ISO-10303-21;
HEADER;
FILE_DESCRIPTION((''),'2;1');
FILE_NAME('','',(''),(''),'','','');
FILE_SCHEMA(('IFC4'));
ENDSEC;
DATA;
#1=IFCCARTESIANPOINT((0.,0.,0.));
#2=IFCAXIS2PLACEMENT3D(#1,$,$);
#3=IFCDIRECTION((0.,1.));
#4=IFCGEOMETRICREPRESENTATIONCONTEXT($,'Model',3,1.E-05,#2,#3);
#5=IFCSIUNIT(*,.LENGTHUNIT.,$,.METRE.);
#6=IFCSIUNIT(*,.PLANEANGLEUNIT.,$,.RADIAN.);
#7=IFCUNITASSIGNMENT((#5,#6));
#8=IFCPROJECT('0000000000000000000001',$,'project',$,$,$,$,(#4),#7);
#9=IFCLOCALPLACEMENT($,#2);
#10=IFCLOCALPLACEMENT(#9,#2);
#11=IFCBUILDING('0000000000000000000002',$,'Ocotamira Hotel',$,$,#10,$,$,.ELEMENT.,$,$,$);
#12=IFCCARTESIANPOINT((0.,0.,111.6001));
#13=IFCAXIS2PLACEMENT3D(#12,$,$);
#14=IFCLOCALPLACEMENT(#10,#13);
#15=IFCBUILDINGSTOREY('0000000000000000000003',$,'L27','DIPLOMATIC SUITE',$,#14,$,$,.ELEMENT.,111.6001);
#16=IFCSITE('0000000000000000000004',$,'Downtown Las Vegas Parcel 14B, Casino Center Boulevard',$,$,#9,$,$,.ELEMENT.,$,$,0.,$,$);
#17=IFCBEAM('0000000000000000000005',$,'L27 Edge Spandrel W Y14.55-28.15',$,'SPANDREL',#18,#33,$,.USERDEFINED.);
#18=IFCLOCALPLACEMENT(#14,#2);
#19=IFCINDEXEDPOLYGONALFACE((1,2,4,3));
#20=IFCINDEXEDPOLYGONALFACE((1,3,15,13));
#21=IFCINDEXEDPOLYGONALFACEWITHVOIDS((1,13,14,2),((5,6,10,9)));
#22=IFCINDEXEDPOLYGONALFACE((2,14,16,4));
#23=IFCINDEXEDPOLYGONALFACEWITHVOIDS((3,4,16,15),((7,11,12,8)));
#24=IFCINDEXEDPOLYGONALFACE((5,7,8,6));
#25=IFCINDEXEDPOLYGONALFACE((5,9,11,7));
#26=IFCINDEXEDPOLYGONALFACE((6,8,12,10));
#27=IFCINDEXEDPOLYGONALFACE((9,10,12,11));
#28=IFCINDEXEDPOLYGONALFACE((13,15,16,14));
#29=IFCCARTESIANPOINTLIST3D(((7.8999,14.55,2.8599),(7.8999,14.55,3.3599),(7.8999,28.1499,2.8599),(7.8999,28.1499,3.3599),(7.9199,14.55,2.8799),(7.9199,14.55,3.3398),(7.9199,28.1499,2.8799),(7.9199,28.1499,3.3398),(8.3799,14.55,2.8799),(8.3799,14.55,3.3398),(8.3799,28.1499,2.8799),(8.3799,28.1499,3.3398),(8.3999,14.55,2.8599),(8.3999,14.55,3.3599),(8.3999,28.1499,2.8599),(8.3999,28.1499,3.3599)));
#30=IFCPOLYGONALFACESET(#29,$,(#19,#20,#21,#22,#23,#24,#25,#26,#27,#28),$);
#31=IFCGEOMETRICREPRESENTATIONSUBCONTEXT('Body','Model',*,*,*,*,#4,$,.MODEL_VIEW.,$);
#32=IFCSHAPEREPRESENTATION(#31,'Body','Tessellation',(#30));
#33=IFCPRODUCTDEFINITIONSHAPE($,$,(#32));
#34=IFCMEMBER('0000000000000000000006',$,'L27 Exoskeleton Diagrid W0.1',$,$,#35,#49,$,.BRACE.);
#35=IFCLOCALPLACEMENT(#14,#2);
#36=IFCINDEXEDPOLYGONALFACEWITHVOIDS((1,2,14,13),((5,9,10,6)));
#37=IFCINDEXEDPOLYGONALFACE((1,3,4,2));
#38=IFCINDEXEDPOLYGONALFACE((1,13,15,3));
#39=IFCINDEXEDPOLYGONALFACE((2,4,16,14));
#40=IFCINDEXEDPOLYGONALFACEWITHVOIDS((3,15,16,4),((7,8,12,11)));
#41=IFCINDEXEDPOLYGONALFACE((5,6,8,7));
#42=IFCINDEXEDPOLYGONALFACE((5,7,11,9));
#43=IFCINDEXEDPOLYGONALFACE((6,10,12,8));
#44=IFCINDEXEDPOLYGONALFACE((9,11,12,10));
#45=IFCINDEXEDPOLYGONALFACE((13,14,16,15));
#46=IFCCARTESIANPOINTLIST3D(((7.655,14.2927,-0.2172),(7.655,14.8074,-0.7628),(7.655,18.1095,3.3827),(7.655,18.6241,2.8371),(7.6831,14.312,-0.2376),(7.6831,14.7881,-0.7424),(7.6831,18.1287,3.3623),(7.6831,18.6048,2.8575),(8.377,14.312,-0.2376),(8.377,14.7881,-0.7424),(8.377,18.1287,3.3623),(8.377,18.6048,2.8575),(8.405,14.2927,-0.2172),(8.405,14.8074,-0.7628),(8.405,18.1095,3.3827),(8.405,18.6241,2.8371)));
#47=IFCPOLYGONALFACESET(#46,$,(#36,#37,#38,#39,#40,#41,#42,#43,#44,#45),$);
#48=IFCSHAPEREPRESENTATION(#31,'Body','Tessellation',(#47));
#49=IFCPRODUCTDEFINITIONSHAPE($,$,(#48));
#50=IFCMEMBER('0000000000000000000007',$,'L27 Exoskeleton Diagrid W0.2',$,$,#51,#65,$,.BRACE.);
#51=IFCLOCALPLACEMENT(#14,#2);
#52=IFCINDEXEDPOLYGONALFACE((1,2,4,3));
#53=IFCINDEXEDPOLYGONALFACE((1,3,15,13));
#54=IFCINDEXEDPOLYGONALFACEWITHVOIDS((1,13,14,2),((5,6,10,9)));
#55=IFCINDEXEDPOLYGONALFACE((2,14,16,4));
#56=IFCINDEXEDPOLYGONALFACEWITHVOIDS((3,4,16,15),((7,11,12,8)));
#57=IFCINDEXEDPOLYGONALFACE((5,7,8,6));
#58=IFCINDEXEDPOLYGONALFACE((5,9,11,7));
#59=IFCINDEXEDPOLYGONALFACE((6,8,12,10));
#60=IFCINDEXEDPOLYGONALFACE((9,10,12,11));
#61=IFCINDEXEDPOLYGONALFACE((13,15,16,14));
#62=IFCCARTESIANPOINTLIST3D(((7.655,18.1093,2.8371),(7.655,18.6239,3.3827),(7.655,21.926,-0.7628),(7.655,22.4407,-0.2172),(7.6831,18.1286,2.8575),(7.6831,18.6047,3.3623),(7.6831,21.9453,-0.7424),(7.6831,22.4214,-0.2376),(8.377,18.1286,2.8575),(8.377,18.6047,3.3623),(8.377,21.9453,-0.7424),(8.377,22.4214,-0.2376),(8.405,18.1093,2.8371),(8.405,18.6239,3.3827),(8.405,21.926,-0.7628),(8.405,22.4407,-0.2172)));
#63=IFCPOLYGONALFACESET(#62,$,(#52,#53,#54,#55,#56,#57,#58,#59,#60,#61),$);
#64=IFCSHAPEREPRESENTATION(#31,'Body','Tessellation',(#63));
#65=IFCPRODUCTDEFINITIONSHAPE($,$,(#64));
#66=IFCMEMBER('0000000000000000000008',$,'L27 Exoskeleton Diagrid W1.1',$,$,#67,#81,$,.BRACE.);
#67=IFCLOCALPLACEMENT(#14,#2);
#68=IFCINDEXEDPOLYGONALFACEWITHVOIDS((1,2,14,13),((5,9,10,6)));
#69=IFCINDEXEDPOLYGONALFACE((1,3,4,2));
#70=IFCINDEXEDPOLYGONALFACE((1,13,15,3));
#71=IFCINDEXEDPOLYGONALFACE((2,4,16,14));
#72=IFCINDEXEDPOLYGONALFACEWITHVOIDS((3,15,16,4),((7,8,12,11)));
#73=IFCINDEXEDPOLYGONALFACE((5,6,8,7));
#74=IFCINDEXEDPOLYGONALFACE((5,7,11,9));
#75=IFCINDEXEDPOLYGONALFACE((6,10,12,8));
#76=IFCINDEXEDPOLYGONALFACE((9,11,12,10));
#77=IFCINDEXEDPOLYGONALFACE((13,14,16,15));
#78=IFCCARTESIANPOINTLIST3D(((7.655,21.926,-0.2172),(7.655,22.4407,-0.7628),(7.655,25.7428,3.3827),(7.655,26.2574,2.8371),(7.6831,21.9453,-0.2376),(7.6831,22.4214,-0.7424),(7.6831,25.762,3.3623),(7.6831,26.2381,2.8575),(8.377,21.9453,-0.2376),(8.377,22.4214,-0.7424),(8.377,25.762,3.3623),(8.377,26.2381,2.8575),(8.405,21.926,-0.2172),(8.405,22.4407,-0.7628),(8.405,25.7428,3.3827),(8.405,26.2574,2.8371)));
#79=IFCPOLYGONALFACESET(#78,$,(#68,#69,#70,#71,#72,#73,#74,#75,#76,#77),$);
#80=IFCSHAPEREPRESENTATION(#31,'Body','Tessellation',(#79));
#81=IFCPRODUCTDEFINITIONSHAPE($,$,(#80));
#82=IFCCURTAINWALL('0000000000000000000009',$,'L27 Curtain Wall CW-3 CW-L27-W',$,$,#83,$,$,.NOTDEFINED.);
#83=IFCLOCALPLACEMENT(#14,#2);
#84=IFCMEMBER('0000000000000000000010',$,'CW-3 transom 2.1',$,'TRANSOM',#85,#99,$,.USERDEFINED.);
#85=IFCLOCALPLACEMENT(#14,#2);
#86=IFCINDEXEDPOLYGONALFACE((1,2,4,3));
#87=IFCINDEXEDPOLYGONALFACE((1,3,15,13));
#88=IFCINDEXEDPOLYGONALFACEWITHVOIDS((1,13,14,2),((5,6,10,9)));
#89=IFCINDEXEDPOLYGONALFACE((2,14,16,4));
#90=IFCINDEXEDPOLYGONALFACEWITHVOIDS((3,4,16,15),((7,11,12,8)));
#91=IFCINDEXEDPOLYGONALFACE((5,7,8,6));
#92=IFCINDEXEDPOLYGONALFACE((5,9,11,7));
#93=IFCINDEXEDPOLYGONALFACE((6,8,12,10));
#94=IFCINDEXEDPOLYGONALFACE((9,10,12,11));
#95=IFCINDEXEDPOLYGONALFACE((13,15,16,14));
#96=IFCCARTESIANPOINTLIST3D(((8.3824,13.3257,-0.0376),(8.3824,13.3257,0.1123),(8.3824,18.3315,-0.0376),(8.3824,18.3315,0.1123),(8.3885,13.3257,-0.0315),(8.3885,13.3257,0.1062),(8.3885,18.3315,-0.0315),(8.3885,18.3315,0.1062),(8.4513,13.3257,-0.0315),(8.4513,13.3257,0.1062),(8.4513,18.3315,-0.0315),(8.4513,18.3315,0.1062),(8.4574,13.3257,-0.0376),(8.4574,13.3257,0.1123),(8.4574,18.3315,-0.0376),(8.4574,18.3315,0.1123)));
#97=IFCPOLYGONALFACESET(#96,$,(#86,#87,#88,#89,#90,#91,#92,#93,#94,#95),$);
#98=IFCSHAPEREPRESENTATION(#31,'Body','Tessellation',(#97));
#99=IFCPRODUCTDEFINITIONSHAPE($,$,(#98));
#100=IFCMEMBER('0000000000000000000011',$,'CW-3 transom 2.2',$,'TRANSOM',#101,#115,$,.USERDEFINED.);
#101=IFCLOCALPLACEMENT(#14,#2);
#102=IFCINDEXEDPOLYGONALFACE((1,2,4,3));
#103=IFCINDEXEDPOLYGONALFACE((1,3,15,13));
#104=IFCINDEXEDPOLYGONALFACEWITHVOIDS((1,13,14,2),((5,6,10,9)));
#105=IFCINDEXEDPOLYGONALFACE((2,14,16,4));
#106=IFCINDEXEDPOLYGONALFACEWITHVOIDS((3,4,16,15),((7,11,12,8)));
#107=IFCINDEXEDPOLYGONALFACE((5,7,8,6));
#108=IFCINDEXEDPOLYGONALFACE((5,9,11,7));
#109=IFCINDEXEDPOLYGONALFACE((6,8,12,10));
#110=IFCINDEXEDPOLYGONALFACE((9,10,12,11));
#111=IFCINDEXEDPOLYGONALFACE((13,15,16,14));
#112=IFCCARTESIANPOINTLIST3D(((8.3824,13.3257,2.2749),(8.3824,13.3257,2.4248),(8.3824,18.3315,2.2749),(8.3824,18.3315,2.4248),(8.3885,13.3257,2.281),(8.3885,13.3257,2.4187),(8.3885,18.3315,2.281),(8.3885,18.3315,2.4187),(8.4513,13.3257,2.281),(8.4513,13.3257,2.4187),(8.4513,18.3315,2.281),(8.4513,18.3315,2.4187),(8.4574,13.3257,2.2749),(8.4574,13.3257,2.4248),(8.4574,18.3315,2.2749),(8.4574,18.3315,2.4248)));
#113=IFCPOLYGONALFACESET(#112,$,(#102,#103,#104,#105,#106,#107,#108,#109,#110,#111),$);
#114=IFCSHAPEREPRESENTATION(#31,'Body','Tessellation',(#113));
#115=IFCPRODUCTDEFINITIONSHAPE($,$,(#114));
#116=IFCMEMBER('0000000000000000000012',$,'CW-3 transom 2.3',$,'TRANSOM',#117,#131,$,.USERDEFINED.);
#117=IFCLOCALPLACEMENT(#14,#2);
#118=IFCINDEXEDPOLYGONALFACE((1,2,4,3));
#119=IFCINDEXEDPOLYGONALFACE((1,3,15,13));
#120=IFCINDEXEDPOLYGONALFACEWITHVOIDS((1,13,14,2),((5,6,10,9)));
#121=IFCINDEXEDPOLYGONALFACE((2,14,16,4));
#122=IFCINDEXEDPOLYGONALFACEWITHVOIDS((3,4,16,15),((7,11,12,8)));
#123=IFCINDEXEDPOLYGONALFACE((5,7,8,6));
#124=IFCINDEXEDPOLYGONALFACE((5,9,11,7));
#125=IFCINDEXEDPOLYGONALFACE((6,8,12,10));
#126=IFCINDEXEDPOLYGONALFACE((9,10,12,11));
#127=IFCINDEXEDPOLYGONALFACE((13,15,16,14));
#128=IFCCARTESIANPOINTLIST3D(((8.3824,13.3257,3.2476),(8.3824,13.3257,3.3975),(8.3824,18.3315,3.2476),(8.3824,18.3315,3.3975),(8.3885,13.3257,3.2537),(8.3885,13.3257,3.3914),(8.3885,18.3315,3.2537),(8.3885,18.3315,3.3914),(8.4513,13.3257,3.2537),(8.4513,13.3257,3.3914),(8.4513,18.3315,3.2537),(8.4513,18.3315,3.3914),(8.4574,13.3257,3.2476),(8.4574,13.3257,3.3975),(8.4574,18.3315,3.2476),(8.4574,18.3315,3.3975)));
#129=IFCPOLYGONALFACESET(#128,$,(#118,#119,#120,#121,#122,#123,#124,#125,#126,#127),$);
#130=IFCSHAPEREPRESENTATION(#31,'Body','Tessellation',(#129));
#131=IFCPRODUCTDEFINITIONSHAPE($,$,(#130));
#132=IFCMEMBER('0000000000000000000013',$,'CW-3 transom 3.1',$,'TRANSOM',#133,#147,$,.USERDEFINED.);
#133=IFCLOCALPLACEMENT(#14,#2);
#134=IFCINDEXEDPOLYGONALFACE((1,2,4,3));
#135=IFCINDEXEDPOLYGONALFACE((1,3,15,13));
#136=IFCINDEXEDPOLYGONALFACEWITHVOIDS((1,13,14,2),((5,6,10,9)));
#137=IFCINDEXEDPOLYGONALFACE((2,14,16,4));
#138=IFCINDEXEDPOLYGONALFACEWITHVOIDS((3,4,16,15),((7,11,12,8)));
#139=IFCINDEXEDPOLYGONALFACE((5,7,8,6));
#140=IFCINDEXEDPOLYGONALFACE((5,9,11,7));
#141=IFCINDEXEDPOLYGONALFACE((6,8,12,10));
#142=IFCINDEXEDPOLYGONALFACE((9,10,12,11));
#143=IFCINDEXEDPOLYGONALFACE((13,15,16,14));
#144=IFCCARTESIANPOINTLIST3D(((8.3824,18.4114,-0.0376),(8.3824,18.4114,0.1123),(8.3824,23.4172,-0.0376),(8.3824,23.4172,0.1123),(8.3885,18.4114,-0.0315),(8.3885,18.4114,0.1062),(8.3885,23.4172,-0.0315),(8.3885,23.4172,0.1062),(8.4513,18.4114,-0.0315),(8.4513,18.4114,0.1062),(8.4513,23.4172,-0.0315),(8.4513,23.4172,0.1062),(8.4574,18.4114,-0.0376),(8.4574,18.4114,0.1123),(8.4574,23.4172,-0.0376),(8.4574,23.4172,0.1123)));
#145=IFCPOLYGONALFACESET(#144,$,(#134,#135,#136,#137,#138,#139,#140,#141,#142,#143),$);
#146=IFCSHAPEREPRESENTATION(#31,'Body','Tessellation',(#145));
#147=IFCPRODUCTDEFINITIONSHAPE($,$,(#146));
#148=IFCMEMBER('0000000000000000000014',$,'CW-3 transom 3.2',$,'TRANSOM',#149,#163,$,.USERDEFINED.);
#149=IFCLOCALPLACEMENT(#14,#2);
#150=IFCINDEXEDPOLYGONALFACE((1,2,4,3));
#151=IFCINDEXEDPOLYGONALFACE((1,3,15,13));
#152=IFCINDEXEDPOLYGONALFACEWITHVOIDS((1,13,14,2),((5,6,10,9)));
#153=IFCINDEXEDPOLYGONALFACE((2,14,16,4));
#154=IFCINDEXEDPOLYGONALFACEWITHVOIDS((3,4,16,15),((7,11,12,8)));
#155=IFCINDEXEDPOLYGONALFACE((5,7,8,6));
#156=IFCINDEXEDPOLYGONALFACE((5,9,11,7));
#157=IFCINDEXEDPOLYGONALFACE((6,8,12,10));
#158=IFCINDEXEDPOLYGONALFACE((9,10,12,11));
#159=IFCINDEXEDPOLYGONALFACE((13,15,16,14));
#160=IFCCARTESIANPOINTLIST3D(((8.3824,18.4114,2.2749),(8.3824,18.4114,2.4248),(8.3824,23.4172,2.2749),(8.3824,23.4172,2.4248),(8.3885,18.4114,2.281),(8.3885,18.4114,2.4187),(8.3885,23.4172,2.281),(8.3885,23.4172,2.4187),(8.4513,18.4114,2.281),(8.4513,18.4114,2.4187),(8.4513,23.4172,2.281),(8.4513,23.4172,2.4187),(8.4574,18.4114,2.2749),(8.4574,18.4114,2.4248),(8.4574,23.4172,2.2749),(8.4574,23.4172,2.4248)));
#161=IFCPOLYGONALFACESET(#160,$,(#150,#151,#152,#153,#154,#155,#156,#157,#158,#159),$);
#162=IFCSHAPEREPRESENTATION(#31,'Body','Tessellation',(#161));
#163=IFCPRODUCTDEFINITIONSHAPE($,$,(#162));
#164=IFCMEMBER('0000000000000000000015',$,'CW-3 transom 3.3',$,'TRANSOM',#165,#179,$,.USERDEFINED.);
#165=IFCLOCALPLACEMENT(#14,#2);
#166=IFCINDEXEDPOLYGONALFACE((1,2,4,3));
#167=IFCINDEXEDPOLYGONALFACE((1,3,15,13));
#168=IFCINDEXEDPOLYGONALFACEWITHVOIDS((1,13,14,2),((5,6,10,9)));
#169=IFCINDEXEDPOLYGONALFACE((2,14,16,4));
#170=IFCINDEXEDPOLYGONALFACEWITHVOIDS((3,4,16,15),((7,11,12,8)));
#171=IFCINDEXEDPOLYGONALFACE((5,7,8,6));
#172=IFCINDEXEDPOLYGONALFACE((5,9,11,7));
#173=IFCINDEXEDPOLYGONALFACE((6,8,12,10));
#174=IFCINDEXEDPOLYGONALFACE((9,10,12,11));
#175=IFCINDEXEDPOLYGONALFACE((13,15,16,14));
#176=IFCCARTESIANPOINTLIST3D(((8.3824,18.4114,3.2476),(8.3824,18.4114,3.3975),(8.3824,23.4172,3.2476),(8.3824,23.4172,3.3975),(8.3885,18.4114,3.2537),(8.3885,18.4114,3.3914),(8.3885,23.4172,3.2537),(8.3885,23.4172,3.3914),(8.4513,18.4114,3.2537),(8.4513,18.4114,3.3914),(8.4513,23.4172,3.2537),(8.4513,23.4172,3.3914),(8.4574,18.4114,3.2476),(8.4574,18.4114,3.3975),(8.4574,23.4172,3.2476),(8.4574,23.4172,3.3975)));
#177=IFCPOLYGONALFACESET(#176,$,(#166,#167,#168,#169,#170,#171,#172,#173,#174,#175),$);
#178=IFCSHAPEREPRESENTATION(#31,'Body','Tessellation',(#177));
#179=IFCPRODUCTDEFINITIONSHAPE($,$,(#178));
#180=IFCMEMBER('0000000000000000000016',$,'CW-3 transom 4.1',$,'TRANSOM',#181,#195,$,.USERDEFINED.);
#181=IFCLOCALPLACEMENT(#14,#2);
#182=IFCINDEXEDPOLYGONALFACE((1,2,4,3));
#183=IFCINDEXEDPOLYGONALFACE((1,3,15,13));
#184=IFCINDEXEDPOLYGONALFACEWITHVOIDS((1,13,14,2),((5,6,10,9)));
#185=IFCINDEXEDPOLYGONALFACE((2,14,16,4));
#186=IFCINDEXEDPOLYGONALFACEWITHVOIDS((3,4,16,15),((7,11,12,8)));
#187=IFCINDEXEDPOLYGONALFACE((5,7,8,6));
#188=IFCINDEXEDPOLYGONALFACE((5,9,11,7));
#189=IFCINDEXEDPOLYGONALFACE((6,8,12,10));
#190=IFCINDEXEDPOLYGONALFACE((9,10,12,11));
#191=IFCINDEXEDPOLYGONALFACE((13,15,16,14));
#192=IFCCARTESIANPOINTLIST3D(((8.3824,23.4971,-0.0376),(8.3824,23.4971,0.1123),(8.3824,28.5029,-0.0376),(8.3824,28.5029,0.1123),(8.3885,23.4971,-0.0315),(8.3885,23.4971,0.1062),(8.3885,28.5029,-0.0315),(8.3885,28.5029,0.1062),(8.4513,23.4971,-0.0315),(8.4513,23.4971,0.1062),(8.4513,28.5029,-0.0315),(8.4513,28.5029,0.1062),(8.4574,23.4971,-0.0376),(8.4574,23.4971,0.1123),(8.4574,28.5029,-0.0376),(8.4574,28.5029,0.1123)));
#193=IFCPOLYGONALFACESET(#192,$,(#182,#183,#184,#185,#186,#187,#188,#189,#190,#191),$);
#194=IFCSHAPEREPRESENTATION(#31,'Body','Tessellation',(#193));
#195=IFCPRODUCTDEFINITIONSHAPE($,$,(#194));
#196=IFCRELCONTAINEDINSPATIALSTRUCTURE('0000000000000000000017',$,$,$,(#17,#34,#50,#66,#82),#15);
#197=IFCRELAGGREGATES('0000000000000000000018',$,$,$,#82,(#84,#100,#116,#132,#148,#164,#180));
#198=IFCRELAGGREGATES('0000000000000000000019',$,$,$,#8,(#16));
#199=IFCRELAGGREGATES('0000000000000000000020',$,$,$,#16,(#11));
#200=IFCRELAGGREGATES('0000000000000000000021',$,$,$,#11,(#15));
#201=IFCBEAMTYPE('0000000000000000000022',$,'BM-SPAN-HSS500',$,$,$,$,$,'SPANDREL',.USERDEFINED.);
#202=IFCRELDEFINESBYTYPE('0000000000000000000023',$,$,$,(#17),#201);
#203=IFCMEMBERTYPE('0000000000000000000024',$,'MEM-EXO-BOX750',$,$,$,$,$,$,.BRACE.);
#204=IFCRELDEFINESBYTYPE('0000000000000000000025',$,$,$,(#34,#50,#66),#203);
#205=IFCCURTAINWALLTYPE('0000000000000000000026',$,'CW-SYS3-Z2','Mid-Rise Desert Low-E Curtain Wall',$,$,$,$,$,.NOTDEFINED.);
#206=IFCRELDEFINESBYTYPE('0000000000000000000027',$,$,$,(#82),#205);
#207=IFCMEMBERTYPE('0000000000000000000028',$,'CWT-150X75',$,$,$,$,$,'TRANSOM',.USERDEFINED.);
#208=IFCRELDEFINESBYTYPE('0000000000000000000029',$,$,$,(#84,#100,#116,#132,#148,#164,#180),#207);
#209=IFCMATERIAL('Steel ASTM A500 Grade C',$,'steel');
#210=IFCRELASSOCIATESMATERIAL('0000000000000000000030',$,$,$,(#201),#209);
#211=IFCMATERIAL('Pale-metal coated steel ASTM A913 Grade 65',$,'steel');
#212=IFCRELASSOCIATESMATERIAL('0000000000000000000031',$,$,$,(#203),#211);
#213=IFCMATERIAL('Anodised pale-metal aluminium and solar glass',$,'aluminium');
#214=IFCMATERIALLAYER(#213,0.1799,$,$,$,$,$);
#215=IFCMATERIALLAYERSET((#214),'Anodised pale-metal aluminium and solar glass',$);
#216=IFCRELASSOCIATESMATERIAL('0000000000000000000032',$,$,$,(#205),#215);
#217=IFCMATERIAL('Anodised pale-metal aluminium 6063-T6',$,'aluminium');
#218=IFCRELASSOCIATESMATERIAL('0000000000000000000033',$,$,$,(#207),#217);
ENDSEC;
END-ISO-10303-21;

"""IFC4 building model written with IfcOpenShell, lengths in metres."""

from ifc_helpers import new_model, si_unit, direction, frame, origin, origin_2d, place, context, subcontext, project, spatial, hollow_rectangle, extrude, source, transform, mapped, material, layer, layer_set, material_profile, profile_set, type_object, element, aggregate, save


model = new_model("IFC4")

# Units and contexts
model_context = context("Model", 3, precision=1e-05, world=origin(), true_north=direction((0.0, 1.0)))
body_context = subcontext(model_context, "Body", "Model", "MODEL_VIEW")
ifc_project = project(units=[si_unit("LENGTHUNIT", "METRE"), si_unit("PLANEANGLEUNIT", "RADIAN")], contexts=[model_context])

# Site, building, storey
site_placement = place(None, origin())
site = spatial("IfcSite", under=ifc_project, at=site_placement, Name="Downtown Las Vegas Parcel 14B, Casino Center Boulevard", CompositionType="ELEMENT", RefElevation=0.0)
building_placement = place(site_placement, origin())
building = spatial("IfcBuilding", under=site, at=building_placement, Name="Ocotamira Hotel", CompositionType="ELEMENT")
storey_placement = place(building_placement, frame((0.0, 0.0, 111.6001)))
storey = spatial("IfcBuildingStorey", under=building, at=storey_placement, Name="L27", Description="DIPLOMATIC SUITE", CompositionType="ELEMENT", Elevation=111.6001)

# Beam
ifc_material_1 = material(Name="Steel ASTM A500 Grade C", Category="steel")
ifc_material_profile_1 = material_profile(ifc_material_1, hollow_rectangle(XDim=0.5, YDim=0.5, WallThickness=0.02, at=origin_2d()), Name="HSS500X500X20")
ifc_profile_set_1 = profile_set([ifc_material_profile_1], Name="Steel ASTM A500 Grade C")
beam_type_1 = type_object("IfcBeamType", Name="BM-SPAN-HSS500", ElementType="SPANDREL", PredefinedType="USERDEFINED", material=ifc_profile_set_1)
shared_shape_1 = source(origin(), body_context, "Body", "SweptSolid", [
    extrude(hollow_rectangle(XDim=0.5, YDim=0.5, WallThickness=0.02, at=origin_2d()), origin(), (0.0, 0.0, 1.0), 13.5999),
])
beam_1_placement = place(storey_placement, frame((8.1499, 14.55, 3.1099), z_axis=(0.0, 1.0, 0.0), x_axis=(-1.0, 0.0, 0.0)))
element("IfcBeam", 1, at=beam_1_placement, inside=storey, type_object=beam_type_1, Name="L27 Edge Spandrel W Y14.55-28.15", ObjectType="SPANDREL", PredefinedType="USERDEFINED", context=body_context, shape_type="MappedRepresentation", body=[
    mapped(shared_shape_1, transform((0.0, 0.0, 0.0), scale=1.0)),
])

# Members
ifc_material_2 = material(Name="Pale-metal coated steel ASTM A913 Grade 65", Category="steel")
ifc_material_profile_2 = material_profile(ifc_material_2, hollow_rectangle(XDim=0.75, YDim=0.75, WallThickness=0.0281, at=origin_2d()), Name="BOX750X750X28")
ifc_profile_set_2 = profile_set([ifc_material_profile_2], Name="Pale-metal coated steel ASTM A913 Grade 65")
member_type_1 = type_object("IfcMemberType", Name="MEM-EXO-BOX750", PredefinedType="BRACE", material=ifc_profile_set_2)
shared_shape_2 = source(origin(), body_context, "Body", "SweptSolid", [
    extrude(hollow_rectangle(XDim=0.75, YDim=0.75, WallThickness=0.0281, at=origin_2d()), origin(), (0.0, 0.0, 1.0), 5.2466),
])
for number, where, z_axis, x_axis, name in (
    (2, (8.03, 14.55, -0.49), (0.0, 0.727466, 0.686144), (-1.0, 0.0, 0.0), "L27 Exoskeleton Diagrid W0.1"),
    (3, (8.03, 22.1833, -0.49), (0.0, -0.727466, 0.686144), (1.0, 0.0, 0.0), "L27 Exoskeleton Diagrid W0.2"),
    (4, (8.03, 22.1833, -0.49), (0.0, 0.727466, 0.686144), (-1.0, 0.0, 0.0), "L27 Exoskeleton Diagrid W1.1"),
):
    element("IfcMember", number, at=place(storey_placement, frame(where, z_axis=z_axis, x_axis=x_axis)), inside=storey, type_object=member_type_1, Name=name, PredefinedType="BRACE", context=body_context, shape_type="MappedRepresentation", body=[
        mapped(shared_shape_2, transform((0.0, 0.0, 0.0), scale=1.0)),
    ])

# Curtain wall, members
ifc_material_3 = material(Name="Anodised pale-metal aluminium and solar glass", Category="aluminium")
ifc_layer_1 = layer(ifc_material_3, 0.1799)
ifc_layer_set_1 = layer_set([ifc_layer_1], Name="Anodised pale-metal aluminium and solar glass")
curtain_wall_type = type_object("IfcCurtainWallType", Name="CW-SYS3-Z2", Description="Mid-Rise Desert Low-E Curtain Wall", PredefinedType="NOTDEFINED", material=ifc_layer_set_1)
curtain_wall_placement = place(storey_placement, origin())
curtain_wall = element("IfcCurtainWall", 5, at=curtain_wall_placement, inside=storey, type_object=curtain_wall_type, Name="L27 Curtain Wall CW-3 CW-L27-W", PredefinedType="NOTDEFINED")
ifc_material_4 = material(Name="Anodised pale-metal aluminium 6063-T6", Category="aluminium")
ifc_material_profile_3 = material_profile(ifc_material_4, hollow_rectangle(XDim=0.075, YDim=0.1499, WallThickness=0.0061, at=origin_2d()), Name="HSS150X75X6")
ifc_profile_set_3 = profile_set([ifc_material_profile_3], Name="Anodised pale-metal aluminium 6063-T6")
member_type_2 = type_object("IfcMemberType", Name="CWT-150X75", ElementType="TRANSOM", PredefinedType="USERDEFINED", material=ifc_profile_set_3)
shared_shape_3 = source(origin(), body_context, "Body", "SweptSolid", [
    extrude(hollow_rectangle(XDim=0.075, YDim=0.1499, WallThickness=0.0061, at=origin_2d()), origin(), (0.0, 0.0, 1.0), 5.0059),
])
member_1_placement = place(storey_placement, frame((8.4199, 13.3257, 0.0374), z_axis=(0.0, 1.0, 0.0), x_axis=(-1.0, 0.0, 0.0)))
member_1 = element("IfcMember", 6, at=member_1_placement, type_object=member_type_2, Name="CW-3 transom 2.1", ObjectType="TRANSOM", PredefinedType="USERDEFINED", context=body_context, shape_type="MappedRepresentation", body=[
    mapped(shared_shape_3, transform((0.0, 0.0, 0.0), scale=1.0)),
])
member_2_placement = place(storey_placement, frame((8.4199, 13.3257, 2.3499), z_axis=(0.0, 1.0, 0.0), x_axis=(-1.0, 0.0, 0.0)))
member_2 = element("IfcMember", 7, at=member_2_placement, type_object=member_type_2, Name="CW-3 transom 2.2", ObjectType="TRANSOM", PredefinedType="USERDEFINED", context=body_context, shape_type="MappedRepresentation", body=[
    mapped(shared_shape_3, transform((0.0, 0.0, 0.0), scale=1.0)),
])
member_3_placement = place(storey_placement, frame((8.4199, 13.3257, 3.3225), z_axis=(0.0, 1.0, 0.0), x_axis=(-1.0, 0.0, 0.0)))
member_3 = element("IfcMember", 8, at=member_3_placement, type_object=member_type_2, Name="CW-3 transom 2.3", ObjectType="TRANSOM", PredefinedType="USERDEFINED", context=body_context, shape_type="MappedRepresentation", body=[
    mapped(shared_shape_3, transform((0.0, 0.0, 0.0), scale=1.0)),
])
member_4_placement = place(storey_placement, frame((8.4199, 18.4114, 0.0374), z_axis=(0.0, 1.0, 0.0), x_axis=(-1.0, 0.0, 0.0)))
member_4 = element("IfcMember", 9, at=member_4_placement, type_object=member_type_2, Name="CW-3 transom 3.1", ObjectType="TRANSOM", PredefinedType="USERDEFINED", context=body_context, shape_type="MappedRepresentation", body=[
    mapped(shared_shape_3, transform((0.0, 0.0, 0.0), scale=1.0)),
])
member_5_placement = place(storey_placement, frame((8.4199, 18.4114, 2.3499), z_axis=(0.0, 1.0, 0.0), x_axis=(-1.0, 0.0, 0.0)))
member_5 = element("IfcMember", 10, at=member_5_placement, type_object=member_type_2, Name="CW-3 transom 3.2", ObjectType="TRANSOM", PredefinedType="USERDEFINED", context=body_context, shape_type="MappedRepresentation", body=[
    mapped(shared_shape_3, transform((0.0, 0.0, 0.0), scale=1.0)),
])
member_6_placement = place(storey_placement, frame((8.4199, 18.4114, 3.3225), z_axis=(0.0, 1.0, 0.0), x_axis=(-1.0, 0.0, 0.0)))
member_6 = element("IfcMember", 11, at=member_6_placement, type_object=member_type_2, Name="CW-3 transom 3.3", ObjectType="TRANSOM", PredefinedType="USERDEFINED", context=body_context, shape_type="MappedRepresentation", body=[
    mapped(shared_shape_3, transform((0.0, 0.0, 0.0), scale=1.0)),
])
member_7_placement = place(storey_placement, frame((8.4199, 23.4971, 0.0374), z_axis=(0.0, 1.0, 0.0), x_axis=(-1.0, 0.0, 0.0)))
member_7 = element("IfcMember", 12, at=member_7_placement, type_object=member_type_2, Name="CW-3 transom 4.1", ObjectType="TRANSOM", PredefinedType="USERDEFINED", context=body_context, shape_type="MappedRepresentation", body=[
    mapped(shared_shape_3, transform((0.0, 0.0, 0.0), scale=1.0)),
])

aggregate(curtain_wall, [member_1, member_2, member_3, member_4, member_5, member_6, member_7])

save(model, "model.ifc")
